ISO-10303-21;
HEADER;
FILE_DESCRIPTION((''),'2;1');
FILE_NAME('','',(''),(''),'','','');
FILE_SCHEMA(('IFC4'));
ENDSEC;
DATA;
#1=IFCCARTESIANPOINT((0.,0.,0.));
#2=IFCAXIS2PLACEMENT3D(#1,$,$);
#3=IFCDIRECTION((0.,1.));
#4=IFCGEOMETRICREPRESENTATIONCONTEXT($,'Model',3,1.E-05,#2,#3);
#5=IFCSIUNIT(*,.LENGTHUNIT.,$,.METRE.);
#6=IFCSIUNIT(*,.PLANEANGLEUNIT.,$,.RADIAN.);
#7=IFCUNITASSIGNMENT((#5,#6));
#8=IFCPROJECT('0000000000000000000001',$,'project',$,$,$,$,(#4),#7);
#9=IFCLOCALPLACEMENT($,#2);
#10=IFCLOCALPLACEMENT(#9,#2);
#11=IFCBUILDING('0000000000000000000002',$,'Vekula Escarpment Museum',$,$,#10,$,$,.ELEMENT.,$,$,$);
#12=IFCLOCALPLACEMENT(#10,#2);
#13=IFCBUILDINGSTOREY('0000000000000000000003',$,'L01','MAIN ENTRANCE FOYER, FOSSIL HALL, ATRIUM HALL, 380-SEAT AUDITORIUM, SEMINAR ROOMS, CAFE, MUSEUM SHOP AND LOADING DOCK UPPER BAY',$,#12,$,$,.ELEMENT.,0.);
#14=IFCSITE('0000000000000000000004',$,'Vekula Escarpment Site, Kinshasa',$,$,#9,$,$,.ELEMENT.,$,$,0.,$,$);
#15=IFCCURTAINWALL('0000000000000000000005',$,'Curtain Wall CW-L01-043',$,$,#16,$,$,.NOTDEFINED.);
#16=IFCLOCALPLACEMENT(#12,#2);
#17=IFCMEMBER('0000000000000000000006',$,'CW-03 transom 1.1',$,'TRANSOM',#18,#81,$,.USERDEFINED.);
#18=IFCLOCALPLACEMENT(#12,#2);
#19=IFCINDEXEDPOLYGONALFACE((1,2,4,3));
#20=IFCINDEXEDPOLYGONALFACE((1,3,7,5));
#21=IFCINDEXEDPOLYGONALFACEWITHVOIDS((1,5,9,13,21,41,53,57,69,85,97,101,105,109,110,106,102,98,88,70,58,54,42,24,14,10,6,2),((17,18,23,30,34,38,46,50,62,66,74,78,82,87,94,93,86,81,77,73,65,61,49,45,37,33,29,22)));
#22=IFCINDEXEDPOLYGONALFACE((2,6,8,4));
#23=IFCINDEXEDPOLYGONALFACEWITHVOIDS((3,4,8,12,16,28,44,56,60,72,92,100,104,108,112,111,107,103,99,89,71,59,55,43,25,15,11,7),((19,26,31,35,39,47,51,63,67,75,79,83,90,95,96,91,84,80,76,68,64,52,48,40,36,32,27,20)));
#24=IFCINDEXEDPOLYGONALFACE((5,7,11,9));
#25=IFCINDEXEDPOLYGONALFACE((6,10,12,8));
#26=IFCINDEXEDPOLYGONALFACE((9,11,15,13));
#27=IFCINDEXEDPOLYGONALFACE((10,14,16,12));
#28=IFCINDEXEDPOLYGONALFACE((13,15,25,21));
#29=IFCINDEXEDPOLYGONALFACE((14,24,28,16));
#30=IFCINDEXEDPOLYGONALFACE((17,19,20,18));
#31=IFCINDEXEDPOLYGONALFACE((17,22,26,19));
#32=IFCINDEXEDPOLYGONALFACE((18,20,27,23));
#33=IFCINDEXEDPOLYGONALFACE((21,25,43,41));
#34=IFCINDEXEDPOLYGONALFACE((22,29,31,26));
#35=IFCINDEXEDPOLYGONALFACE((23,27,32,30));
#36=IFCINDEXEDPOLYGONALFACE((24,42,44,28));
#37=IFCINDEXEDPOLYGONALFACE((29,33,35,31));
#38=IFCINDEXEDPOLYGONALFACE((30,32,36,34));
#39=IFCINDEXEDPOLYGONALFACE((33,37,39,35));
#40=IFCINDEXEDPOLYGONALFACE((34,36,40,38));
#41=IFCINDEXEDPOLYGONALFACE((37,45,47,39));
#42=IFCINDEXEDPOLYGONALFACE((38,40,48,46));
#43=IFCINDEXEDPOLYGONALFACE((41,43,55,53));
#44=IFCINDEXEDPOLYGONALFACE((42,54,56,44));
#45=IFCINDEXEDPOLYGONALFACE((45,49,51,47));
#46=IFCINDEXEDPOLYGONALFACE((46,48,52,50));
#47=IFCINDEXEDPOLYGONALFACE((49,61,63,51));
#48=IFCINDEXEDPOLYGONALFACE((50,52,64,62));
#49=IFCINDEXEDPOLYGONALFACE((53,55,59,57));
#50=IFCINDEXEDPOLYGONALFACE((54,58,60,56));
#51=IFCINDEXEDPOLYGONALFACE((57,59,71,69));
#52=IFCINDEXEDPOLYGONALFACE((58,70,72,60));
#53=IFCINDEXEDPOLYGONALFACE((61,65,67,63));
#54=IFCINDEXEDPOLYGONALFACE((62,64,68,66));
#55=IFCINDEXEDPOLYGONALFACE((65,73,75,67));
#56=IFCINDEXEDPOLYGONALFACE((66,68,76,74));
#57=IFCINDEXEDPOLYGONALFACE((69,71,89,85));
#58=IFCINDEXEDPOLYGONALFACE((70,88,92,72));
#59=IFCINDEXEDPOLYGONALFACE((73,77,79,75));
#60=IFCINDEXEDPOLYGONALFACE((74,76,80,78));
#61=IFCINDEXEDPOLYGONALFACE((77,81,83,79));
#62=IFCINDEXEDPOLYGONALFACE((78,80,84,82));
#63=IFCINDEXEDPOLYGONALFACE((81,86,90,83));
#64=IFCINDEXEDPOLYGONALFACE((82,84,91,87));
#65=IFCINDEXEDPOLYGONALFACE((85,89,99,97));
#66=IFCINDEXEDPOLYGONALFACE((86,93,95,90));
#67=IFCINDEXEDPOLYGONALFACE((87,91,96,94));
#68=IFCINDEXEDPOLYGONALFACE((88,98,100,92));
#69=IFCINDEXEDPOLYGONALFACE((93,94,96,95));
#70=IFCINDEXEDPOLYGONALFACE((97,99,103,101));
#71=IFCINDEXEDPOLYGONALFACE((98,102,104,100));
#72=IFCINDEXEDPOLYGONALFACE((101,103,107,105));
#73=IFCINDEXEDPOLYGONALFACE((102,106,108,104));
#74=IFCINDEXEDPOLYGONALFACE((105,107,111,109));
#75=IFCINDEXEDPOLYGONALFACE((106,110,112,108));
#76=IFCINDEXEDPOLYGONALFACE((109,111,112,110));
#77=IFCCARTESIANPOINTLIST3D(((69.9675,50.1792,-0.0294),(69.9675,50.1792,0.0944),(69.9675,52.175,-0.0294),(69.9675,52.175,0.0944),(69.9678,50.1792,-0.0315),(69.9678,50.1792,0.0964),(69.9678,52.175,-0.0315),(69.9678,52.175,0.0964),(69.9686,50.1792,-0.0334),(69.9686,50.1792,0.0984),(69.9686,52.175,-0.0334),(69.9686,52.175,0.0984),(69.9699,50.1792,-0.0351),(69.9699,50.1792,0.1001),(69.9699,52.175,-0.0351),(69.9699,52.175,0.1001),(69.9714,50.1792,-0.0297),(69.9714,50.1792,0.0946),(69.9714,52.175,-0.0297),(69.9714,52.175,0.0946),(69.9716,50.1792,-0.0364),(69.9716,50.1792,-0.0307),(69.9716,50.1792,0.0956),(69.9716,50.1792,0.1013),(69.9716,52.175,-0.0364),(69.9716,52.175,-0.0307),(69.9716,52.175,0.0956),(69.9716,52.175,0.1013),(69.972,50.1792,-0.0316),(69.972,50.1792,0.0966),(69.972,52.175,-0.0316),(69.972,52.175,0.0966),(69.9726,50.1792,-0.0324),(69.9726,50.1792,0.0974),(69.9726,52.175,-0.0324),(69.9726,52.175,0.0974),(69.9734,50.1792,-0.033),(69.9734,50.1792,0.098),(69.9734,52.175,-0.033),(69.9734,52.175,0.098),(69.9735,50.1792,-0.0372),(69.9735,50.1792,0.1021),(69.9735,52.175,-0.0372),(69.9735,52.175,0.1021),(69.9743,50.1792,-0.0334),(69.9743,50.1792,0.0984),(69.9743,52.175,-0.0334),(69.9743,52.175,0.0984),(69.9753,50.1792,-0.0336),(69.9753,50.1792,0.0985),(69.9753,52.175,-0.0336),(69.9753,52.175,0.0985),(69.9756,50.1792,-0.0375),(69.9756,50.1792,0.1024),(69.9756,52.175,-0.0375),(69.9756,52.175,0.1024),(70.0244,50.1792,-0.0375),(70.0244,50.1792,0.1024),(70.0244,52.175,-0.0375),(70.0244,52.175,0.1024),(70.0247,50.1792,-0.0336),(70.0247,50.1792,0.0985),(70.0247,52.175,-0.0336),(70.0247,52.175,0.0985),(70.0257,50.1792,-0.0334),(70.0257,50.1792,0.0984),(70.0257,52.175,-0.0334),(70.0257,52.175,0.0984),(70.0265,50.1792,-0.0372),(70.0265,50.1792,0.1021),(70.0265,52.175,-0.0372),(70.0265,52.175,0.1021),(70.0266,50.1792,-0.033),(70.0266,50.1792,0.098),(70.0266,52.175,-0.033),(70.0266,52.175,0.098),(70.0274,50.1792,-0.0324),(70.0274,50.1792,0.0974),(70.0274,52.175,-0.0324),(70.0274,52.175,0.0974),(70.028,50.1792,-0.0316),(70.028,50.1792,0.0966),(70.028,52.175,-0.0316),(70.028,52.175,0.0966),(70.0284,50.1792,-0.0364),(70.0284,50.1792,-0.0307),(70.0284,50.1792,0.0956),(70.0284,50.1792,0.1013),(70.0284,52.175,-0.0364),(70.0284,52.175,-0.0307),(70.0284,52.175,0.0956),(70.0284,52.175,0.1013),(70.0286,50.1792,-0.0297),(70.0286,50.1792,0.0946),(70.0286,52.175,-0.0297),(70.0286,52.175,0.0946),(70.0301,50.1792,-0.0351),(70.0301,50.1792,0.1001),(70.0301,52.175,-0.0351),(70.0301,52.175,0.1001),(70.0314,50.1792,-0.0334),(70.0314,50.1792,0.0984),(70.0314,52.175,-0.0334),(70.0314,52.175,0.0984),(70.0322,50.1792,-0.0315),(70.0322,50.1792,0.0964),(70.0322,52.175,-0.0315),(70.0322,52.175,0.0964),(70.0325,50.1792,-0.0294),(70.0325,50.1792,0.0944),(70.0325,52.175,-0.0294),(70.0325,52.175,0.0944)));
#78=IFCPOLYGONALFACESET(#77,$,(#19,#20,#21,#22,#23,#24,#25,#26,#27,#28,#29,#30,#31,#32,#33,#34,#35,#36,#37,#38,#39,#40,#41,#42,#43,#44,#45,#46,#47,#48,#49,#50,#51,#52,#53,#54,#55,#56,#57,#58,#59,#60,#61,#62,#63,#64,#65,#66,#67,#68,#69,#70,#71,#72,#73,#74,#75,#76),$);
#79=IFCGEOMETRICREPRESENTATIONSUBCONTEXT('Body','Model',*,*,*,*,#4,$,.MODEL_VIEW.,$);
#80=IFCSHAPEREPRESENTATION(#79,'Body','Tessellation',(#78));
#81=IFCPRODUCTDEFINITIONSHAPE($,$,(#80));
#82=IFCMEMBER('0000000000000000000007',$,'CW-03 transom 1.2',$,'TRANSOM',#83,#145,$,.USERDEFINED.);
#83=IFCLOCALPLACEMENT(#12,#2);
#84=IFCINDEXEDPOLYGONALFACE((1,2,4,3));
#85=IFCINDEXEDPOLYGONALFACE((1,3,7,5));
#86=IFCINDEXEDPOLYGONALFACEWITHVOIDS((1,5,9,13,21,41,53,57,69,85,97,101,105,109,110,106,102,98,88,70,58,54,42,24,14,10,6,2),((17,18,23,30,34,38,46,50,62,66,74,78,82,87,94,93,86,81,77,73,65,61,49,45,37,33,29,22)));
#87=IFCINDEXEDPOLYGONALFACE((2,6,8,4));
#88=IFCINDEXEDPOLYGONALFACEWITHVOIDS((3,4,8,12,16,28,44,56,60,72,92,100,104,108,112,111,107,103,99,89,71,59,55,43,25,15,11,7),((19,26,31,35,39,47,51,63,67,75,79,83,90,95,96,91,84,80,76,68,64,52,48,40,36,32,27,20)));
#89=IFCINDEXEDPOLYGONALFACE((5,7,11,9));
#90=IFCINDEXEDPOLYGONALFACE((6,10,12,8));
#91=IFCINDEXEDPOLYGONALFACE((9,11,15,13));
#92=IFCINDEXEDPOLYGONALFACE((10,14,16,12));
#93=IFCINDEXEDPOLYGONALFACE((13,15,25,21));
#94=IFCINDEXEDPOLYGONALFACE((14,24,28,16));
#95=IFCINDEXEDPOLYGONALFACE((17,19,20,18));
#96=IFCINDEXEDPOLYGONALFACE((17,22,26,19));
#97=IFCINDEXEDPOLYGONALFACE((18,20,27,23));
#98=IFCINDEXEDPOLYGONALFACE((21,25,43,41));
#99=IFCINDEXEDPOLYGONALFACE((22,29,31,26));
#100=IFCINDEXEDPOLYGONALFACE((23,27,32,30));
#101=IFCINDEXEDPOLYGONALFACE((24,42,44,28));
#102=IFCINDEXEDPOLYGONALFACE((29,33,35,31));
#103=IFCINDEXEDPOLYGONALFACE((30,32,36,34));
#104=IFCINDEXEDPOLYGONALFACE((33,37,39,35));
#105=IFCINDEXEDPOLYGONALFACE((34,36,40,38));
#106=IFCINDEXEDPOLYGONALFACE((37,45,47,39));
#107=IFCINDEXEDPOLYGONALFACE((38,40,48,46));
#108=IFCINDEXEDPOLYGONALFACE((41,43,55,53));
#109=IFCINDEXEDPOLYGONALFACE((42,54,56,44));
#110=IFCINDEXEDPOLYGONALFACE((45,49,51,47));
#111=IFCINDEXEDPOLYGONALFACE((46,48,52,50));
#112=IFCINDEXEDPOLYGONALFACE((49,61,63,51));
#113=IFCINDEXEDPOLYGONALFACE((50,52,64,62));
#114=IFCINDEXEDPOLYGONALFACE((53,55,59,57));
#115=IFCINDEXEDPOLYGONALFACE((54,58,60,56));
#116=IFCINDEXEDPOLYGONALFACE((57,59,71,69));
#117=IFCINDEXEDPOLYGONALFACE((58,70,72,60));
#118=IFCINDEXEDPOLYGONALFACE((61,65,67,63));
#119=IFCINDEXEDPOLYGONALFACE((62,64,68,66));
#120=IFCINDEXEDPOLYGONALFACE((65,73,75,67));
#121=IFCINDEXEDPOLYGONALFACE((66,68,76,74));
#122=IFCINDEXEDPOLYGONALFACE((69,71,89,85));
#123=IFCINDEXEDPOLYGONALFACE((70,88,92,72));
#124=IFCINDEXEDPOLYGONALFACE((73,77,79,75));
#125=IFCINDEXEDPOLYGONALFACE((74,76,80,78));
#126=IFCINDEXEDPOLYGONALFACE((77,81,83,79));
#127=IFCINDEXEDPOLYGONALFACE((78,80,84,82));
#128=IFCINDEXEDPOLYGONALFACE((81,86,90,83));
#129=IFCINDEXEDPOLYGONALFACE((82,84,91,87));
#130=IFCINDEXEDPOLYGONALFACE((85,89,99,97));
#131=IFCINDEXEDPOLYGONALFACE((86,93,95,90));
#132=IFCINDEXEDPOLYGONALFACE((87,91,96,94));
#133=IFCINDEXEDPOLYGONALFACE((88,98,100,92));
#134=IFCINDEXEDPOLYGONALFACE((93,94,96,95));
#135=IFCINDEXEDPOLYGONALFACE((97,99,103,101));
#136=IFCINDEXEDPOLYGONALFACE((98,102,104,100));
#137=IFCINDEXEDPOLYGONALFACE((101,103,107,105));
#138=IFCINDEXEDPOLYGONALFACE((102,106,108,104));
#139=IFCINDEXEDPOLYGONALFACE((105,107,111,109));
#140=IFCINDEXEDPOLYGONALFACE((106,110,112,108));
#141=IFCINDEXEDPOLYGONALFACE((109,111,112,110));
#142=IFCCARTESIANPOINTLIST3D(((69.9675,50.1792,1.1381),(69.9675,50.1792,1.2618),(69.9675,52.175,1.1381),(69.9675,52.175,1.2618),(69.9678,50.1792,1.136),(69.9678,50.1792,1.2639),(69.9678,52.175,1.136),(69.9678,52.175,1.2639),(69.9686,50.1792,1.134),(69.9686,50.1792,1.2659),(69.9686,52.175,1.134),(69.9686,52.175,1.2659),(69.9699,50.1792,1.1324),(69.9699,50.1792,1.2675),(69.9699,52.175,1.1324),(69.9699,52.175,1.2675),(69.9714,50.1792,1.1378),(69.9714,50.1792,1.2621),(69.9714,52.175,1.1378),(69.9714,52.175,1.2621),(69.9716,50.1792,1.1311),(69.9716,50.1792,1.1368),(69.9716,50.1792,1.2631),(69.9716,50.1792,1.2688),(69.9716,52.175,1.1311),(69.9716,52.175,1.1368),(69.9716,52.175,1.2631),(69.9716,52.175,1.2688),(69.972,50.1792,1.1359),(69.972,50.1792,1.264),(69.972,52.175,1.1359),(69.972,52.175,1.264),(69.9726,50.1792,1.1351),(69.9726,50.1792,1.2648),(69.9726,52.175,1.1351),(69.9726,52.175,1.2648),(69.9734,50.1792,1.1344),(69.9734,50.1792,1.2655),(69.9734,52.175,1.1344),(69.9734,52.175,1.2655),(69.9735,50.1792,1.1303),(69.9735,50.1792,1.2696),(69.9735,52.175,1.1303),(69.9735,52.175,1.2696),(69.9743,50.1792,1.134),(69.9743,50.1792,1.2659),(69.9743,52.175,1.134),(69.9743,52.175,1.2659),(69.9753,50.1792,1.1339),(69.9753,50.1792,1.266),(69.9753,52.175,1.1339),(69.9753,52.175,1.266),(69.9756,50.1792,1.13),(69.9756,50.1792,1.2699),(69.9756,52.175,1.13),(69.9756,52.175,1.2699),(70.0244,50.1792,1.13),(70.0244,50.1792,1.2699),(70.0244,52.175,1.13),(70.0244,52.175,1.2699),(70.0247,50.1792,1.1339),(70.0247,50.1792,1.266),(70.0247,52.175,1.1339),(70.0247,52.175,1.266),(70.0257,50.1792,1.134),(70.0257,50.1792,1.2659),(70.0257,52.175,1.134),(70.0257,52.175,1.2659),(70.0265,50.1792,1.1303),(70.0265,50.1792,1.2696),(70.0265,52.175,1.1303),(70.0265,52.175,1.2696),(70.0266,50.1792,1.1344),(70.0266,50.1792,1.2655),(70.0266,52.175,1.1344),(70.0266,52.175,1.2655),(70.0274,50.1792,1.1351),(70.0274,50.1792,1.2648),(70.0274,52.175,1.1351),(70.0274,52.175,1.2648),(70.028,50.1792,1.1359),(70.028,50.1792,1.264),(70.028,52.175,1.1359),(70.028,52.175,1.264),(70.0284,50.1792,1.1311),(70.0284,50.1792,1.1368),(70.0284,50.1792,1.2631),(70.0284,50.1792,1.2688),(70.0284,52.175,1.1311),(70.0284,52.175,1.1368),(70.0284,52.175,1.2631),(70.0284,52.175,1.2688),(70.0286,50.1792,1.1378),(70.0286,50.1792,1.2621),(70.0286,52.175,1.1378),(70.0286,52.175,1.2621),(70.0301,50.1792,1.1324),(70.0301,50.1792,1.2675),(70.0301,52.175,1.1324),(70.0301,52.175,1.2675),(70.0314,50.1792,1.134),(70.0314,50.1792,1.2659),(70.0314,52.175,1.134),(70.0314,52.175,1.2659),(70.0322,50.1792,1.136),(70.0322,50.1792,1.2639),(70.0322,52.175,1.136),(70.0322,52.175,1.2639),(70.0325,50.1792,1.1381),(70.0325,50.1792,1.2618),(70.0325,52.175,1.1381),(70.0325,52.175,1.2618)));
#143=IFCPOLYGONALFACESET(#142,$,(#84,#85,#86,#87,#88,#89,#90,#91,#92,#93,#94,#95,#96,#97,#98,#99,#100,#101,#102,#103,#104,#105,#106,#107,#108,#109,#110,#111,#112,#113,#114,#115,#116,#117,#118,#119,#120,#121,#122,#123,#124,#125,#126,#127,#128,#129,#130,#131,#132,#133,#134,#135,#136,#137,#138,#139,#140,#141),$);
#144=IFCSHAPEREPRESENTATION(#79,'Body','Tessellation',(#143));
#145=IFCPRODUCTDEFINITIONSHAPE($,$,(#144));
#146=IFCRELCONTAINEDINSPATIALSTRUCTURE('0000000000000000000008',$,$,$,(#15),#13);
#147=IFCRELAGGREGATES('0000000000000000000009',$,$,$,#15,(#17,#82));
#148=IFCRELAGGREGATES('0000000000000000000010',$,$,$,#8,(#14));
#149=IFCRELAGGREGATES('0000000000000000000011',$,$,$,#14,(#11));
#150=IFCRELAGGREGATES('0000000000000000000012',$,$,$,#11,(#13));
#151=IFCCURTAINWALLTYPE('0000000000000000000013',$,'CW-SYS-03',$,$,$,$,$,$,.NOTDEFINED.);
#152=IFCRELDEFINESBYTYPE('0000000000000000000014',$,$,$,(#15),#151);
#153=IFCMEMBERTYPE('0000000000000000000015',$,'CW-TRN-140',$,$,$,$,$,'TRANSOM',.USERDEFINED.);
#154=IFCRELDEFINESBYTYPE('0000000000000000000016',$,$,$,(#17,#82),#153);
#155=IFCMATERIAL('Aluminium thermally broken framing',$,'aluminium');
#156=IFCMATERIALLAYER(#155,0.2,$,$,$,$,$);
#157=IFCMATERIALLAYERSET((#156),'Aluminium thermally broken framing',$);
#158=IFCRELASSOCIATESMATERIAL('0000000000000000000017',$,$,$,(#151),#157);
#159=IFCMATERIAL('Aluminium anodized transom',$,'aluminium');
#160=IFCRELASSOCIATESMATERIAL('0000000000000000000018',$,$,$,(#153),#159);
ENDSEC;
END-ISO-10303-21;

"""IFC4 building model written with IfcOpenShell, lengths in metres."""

from ifc_helpers import new_model, si_unit, direction, frame, origin, origin_2d, place, context, subcontext, project, spatial, hollow_rectangle, extrude, material, layer, layer_set, material_profile, profile_set, type_object, element, aggregate, save


model = new_model("IFC4")

# Units and contexts
model_context = context("Model", 3, precision=1e-05, world=origin(), true_north=direction((0.0, 1.0)))
body_context = subcontext(model_context, "Body", "Model", "MODEL_VIEW")
ifc_project = project(units=[si_unit("LENGTHUNIT", "METRE"), si_unit("PLANEANGLEUNIT", "RADIAN")], contexts=[model_context])

# Site, building, storey
site_placement = place(None, origin())
site = spatial("IfcSite", under=ifc_project, at=site_placement, Name="Vekula Escarpment Site, Kinshasa", CompositionType="ELEMENT", RefElevation=0.0)
building_placement = place(site_placement, origin())
building = spatial("IfcBuilding", under=site, at=building_placement, Name="Vekula Escarpment Museum", CompositionType="ELEMENT")
storey_placement = place(building_placement, origin())
storey = spatial("IfcBuildingStorey", under=building, at=storey_placement, Name="L01", Description="MAIN ENTRANCE FOYER, FOSSIL HALL, ATRIUM HALL, 380-SEAT AUDITORIUM, SEMINAR ROOMS, CAFE, MUSEUM SHOP AND LOADING DOCK UPPER BAY", CompositionType="ELEMENT", Elevation=0.0)

# Curtain wall, members
ifc_material_1 = material(Name="Aluminium thermally broken framing", Category="aluminium")
ifc_layer_1 = layer(ifc_material_1, 0.2)
ifc_layer_set_1 = layer_set([ifc_layer_1], Name="Aluminium thermally broken framing")
curtain_wall_type = type_object("IfcCurtainWallType", Name="CW-SYS-03", PredefinedType="NOTDEFINED", material=ifc_layer_set_1)
curtain_wall_placement = place(storey_placement, origin())
curtain_wall = element("IfcCurtainWall", 1, at=curtain_wall_placement, inside=storey, type_object=curtain_wall_type, Name="Curtain Wall CW-L01-043", PredefinedType="NOTDEFINED")
ifc_material_2 = material(Name="Aluminium anodized transom", Category="aluminium")
ifc_material_profile_1 = material_profile(ifc_material_2, hollow_rectangle(XDim=0.0649, YDim=0.1399, WallThickness=0.0039, InnerFilletRadius=0.0039, OuterFilletRadius=0.0081, at=origin_2d()), Name="ALU 140x65x4")
ifc_profile_set_1 = profile_set([ifc_material_profile_1], Name="Aluminium anodized transom")
member_type_1 = type_object("IfcMemberType", Name="CW-TRN-140", ElementType="TRANSOM", PredefinedType="USERDEFINED", material=ifc_profile_set_1)
member_1_placement = place(storey_placement, frame((70.0, 52.175, 0.0325), z_axis=(0.0, -1.0, 0.0), x_axis=(1.0, 0.0, 0.0)))
member_1 = element("IfcMember", 2, at=member_1_placement, type_object=member_type_1, Name="CW-03 transom 1.1", ObjectType="TRANSOM", PredefinedType="USERDEFINED", context=body_context, shape_type="SweptSolid", body=[
    extrude(hollow_rectangle(XDim=0.0649, YDim=0.1399, WallThickness=0.0039, InnerFilletRadius=0.0039, OuterFilletRadius=0.0081, at=origin_2d()), origin(), (0.0, 0.0, 1.0), 1.9958),
])
member_2_placement = place(storey_placement, frame((70.0, 52.175, 1.2), z_axis=(0.0, -1.0, 0.0), x_axis=(1.0, 0.0, 0.0)))
member_2 = element("IfcMember", 3, at=member_2_placement, type_object=member_type_1, Name="CW-03 transom 1.2", ObjectType="TRANSOM", PredefinedType="USERDEFINED", context=body_context, shape_type="SweptSolid", body=[
    extrude(hollow_rectangle(XDim=0.0649, YDim=0.1399, WallThickness=0.0039, InnerFilletRadius=0.0039, OuterFilletRadius=0.0081, at=origin_2d()), origin(), (0.0, 0.0, 1.0), 1.9958),
])
aggregate(curtain_wall, [member_1, member_2])

save(model, "model.ifc")
